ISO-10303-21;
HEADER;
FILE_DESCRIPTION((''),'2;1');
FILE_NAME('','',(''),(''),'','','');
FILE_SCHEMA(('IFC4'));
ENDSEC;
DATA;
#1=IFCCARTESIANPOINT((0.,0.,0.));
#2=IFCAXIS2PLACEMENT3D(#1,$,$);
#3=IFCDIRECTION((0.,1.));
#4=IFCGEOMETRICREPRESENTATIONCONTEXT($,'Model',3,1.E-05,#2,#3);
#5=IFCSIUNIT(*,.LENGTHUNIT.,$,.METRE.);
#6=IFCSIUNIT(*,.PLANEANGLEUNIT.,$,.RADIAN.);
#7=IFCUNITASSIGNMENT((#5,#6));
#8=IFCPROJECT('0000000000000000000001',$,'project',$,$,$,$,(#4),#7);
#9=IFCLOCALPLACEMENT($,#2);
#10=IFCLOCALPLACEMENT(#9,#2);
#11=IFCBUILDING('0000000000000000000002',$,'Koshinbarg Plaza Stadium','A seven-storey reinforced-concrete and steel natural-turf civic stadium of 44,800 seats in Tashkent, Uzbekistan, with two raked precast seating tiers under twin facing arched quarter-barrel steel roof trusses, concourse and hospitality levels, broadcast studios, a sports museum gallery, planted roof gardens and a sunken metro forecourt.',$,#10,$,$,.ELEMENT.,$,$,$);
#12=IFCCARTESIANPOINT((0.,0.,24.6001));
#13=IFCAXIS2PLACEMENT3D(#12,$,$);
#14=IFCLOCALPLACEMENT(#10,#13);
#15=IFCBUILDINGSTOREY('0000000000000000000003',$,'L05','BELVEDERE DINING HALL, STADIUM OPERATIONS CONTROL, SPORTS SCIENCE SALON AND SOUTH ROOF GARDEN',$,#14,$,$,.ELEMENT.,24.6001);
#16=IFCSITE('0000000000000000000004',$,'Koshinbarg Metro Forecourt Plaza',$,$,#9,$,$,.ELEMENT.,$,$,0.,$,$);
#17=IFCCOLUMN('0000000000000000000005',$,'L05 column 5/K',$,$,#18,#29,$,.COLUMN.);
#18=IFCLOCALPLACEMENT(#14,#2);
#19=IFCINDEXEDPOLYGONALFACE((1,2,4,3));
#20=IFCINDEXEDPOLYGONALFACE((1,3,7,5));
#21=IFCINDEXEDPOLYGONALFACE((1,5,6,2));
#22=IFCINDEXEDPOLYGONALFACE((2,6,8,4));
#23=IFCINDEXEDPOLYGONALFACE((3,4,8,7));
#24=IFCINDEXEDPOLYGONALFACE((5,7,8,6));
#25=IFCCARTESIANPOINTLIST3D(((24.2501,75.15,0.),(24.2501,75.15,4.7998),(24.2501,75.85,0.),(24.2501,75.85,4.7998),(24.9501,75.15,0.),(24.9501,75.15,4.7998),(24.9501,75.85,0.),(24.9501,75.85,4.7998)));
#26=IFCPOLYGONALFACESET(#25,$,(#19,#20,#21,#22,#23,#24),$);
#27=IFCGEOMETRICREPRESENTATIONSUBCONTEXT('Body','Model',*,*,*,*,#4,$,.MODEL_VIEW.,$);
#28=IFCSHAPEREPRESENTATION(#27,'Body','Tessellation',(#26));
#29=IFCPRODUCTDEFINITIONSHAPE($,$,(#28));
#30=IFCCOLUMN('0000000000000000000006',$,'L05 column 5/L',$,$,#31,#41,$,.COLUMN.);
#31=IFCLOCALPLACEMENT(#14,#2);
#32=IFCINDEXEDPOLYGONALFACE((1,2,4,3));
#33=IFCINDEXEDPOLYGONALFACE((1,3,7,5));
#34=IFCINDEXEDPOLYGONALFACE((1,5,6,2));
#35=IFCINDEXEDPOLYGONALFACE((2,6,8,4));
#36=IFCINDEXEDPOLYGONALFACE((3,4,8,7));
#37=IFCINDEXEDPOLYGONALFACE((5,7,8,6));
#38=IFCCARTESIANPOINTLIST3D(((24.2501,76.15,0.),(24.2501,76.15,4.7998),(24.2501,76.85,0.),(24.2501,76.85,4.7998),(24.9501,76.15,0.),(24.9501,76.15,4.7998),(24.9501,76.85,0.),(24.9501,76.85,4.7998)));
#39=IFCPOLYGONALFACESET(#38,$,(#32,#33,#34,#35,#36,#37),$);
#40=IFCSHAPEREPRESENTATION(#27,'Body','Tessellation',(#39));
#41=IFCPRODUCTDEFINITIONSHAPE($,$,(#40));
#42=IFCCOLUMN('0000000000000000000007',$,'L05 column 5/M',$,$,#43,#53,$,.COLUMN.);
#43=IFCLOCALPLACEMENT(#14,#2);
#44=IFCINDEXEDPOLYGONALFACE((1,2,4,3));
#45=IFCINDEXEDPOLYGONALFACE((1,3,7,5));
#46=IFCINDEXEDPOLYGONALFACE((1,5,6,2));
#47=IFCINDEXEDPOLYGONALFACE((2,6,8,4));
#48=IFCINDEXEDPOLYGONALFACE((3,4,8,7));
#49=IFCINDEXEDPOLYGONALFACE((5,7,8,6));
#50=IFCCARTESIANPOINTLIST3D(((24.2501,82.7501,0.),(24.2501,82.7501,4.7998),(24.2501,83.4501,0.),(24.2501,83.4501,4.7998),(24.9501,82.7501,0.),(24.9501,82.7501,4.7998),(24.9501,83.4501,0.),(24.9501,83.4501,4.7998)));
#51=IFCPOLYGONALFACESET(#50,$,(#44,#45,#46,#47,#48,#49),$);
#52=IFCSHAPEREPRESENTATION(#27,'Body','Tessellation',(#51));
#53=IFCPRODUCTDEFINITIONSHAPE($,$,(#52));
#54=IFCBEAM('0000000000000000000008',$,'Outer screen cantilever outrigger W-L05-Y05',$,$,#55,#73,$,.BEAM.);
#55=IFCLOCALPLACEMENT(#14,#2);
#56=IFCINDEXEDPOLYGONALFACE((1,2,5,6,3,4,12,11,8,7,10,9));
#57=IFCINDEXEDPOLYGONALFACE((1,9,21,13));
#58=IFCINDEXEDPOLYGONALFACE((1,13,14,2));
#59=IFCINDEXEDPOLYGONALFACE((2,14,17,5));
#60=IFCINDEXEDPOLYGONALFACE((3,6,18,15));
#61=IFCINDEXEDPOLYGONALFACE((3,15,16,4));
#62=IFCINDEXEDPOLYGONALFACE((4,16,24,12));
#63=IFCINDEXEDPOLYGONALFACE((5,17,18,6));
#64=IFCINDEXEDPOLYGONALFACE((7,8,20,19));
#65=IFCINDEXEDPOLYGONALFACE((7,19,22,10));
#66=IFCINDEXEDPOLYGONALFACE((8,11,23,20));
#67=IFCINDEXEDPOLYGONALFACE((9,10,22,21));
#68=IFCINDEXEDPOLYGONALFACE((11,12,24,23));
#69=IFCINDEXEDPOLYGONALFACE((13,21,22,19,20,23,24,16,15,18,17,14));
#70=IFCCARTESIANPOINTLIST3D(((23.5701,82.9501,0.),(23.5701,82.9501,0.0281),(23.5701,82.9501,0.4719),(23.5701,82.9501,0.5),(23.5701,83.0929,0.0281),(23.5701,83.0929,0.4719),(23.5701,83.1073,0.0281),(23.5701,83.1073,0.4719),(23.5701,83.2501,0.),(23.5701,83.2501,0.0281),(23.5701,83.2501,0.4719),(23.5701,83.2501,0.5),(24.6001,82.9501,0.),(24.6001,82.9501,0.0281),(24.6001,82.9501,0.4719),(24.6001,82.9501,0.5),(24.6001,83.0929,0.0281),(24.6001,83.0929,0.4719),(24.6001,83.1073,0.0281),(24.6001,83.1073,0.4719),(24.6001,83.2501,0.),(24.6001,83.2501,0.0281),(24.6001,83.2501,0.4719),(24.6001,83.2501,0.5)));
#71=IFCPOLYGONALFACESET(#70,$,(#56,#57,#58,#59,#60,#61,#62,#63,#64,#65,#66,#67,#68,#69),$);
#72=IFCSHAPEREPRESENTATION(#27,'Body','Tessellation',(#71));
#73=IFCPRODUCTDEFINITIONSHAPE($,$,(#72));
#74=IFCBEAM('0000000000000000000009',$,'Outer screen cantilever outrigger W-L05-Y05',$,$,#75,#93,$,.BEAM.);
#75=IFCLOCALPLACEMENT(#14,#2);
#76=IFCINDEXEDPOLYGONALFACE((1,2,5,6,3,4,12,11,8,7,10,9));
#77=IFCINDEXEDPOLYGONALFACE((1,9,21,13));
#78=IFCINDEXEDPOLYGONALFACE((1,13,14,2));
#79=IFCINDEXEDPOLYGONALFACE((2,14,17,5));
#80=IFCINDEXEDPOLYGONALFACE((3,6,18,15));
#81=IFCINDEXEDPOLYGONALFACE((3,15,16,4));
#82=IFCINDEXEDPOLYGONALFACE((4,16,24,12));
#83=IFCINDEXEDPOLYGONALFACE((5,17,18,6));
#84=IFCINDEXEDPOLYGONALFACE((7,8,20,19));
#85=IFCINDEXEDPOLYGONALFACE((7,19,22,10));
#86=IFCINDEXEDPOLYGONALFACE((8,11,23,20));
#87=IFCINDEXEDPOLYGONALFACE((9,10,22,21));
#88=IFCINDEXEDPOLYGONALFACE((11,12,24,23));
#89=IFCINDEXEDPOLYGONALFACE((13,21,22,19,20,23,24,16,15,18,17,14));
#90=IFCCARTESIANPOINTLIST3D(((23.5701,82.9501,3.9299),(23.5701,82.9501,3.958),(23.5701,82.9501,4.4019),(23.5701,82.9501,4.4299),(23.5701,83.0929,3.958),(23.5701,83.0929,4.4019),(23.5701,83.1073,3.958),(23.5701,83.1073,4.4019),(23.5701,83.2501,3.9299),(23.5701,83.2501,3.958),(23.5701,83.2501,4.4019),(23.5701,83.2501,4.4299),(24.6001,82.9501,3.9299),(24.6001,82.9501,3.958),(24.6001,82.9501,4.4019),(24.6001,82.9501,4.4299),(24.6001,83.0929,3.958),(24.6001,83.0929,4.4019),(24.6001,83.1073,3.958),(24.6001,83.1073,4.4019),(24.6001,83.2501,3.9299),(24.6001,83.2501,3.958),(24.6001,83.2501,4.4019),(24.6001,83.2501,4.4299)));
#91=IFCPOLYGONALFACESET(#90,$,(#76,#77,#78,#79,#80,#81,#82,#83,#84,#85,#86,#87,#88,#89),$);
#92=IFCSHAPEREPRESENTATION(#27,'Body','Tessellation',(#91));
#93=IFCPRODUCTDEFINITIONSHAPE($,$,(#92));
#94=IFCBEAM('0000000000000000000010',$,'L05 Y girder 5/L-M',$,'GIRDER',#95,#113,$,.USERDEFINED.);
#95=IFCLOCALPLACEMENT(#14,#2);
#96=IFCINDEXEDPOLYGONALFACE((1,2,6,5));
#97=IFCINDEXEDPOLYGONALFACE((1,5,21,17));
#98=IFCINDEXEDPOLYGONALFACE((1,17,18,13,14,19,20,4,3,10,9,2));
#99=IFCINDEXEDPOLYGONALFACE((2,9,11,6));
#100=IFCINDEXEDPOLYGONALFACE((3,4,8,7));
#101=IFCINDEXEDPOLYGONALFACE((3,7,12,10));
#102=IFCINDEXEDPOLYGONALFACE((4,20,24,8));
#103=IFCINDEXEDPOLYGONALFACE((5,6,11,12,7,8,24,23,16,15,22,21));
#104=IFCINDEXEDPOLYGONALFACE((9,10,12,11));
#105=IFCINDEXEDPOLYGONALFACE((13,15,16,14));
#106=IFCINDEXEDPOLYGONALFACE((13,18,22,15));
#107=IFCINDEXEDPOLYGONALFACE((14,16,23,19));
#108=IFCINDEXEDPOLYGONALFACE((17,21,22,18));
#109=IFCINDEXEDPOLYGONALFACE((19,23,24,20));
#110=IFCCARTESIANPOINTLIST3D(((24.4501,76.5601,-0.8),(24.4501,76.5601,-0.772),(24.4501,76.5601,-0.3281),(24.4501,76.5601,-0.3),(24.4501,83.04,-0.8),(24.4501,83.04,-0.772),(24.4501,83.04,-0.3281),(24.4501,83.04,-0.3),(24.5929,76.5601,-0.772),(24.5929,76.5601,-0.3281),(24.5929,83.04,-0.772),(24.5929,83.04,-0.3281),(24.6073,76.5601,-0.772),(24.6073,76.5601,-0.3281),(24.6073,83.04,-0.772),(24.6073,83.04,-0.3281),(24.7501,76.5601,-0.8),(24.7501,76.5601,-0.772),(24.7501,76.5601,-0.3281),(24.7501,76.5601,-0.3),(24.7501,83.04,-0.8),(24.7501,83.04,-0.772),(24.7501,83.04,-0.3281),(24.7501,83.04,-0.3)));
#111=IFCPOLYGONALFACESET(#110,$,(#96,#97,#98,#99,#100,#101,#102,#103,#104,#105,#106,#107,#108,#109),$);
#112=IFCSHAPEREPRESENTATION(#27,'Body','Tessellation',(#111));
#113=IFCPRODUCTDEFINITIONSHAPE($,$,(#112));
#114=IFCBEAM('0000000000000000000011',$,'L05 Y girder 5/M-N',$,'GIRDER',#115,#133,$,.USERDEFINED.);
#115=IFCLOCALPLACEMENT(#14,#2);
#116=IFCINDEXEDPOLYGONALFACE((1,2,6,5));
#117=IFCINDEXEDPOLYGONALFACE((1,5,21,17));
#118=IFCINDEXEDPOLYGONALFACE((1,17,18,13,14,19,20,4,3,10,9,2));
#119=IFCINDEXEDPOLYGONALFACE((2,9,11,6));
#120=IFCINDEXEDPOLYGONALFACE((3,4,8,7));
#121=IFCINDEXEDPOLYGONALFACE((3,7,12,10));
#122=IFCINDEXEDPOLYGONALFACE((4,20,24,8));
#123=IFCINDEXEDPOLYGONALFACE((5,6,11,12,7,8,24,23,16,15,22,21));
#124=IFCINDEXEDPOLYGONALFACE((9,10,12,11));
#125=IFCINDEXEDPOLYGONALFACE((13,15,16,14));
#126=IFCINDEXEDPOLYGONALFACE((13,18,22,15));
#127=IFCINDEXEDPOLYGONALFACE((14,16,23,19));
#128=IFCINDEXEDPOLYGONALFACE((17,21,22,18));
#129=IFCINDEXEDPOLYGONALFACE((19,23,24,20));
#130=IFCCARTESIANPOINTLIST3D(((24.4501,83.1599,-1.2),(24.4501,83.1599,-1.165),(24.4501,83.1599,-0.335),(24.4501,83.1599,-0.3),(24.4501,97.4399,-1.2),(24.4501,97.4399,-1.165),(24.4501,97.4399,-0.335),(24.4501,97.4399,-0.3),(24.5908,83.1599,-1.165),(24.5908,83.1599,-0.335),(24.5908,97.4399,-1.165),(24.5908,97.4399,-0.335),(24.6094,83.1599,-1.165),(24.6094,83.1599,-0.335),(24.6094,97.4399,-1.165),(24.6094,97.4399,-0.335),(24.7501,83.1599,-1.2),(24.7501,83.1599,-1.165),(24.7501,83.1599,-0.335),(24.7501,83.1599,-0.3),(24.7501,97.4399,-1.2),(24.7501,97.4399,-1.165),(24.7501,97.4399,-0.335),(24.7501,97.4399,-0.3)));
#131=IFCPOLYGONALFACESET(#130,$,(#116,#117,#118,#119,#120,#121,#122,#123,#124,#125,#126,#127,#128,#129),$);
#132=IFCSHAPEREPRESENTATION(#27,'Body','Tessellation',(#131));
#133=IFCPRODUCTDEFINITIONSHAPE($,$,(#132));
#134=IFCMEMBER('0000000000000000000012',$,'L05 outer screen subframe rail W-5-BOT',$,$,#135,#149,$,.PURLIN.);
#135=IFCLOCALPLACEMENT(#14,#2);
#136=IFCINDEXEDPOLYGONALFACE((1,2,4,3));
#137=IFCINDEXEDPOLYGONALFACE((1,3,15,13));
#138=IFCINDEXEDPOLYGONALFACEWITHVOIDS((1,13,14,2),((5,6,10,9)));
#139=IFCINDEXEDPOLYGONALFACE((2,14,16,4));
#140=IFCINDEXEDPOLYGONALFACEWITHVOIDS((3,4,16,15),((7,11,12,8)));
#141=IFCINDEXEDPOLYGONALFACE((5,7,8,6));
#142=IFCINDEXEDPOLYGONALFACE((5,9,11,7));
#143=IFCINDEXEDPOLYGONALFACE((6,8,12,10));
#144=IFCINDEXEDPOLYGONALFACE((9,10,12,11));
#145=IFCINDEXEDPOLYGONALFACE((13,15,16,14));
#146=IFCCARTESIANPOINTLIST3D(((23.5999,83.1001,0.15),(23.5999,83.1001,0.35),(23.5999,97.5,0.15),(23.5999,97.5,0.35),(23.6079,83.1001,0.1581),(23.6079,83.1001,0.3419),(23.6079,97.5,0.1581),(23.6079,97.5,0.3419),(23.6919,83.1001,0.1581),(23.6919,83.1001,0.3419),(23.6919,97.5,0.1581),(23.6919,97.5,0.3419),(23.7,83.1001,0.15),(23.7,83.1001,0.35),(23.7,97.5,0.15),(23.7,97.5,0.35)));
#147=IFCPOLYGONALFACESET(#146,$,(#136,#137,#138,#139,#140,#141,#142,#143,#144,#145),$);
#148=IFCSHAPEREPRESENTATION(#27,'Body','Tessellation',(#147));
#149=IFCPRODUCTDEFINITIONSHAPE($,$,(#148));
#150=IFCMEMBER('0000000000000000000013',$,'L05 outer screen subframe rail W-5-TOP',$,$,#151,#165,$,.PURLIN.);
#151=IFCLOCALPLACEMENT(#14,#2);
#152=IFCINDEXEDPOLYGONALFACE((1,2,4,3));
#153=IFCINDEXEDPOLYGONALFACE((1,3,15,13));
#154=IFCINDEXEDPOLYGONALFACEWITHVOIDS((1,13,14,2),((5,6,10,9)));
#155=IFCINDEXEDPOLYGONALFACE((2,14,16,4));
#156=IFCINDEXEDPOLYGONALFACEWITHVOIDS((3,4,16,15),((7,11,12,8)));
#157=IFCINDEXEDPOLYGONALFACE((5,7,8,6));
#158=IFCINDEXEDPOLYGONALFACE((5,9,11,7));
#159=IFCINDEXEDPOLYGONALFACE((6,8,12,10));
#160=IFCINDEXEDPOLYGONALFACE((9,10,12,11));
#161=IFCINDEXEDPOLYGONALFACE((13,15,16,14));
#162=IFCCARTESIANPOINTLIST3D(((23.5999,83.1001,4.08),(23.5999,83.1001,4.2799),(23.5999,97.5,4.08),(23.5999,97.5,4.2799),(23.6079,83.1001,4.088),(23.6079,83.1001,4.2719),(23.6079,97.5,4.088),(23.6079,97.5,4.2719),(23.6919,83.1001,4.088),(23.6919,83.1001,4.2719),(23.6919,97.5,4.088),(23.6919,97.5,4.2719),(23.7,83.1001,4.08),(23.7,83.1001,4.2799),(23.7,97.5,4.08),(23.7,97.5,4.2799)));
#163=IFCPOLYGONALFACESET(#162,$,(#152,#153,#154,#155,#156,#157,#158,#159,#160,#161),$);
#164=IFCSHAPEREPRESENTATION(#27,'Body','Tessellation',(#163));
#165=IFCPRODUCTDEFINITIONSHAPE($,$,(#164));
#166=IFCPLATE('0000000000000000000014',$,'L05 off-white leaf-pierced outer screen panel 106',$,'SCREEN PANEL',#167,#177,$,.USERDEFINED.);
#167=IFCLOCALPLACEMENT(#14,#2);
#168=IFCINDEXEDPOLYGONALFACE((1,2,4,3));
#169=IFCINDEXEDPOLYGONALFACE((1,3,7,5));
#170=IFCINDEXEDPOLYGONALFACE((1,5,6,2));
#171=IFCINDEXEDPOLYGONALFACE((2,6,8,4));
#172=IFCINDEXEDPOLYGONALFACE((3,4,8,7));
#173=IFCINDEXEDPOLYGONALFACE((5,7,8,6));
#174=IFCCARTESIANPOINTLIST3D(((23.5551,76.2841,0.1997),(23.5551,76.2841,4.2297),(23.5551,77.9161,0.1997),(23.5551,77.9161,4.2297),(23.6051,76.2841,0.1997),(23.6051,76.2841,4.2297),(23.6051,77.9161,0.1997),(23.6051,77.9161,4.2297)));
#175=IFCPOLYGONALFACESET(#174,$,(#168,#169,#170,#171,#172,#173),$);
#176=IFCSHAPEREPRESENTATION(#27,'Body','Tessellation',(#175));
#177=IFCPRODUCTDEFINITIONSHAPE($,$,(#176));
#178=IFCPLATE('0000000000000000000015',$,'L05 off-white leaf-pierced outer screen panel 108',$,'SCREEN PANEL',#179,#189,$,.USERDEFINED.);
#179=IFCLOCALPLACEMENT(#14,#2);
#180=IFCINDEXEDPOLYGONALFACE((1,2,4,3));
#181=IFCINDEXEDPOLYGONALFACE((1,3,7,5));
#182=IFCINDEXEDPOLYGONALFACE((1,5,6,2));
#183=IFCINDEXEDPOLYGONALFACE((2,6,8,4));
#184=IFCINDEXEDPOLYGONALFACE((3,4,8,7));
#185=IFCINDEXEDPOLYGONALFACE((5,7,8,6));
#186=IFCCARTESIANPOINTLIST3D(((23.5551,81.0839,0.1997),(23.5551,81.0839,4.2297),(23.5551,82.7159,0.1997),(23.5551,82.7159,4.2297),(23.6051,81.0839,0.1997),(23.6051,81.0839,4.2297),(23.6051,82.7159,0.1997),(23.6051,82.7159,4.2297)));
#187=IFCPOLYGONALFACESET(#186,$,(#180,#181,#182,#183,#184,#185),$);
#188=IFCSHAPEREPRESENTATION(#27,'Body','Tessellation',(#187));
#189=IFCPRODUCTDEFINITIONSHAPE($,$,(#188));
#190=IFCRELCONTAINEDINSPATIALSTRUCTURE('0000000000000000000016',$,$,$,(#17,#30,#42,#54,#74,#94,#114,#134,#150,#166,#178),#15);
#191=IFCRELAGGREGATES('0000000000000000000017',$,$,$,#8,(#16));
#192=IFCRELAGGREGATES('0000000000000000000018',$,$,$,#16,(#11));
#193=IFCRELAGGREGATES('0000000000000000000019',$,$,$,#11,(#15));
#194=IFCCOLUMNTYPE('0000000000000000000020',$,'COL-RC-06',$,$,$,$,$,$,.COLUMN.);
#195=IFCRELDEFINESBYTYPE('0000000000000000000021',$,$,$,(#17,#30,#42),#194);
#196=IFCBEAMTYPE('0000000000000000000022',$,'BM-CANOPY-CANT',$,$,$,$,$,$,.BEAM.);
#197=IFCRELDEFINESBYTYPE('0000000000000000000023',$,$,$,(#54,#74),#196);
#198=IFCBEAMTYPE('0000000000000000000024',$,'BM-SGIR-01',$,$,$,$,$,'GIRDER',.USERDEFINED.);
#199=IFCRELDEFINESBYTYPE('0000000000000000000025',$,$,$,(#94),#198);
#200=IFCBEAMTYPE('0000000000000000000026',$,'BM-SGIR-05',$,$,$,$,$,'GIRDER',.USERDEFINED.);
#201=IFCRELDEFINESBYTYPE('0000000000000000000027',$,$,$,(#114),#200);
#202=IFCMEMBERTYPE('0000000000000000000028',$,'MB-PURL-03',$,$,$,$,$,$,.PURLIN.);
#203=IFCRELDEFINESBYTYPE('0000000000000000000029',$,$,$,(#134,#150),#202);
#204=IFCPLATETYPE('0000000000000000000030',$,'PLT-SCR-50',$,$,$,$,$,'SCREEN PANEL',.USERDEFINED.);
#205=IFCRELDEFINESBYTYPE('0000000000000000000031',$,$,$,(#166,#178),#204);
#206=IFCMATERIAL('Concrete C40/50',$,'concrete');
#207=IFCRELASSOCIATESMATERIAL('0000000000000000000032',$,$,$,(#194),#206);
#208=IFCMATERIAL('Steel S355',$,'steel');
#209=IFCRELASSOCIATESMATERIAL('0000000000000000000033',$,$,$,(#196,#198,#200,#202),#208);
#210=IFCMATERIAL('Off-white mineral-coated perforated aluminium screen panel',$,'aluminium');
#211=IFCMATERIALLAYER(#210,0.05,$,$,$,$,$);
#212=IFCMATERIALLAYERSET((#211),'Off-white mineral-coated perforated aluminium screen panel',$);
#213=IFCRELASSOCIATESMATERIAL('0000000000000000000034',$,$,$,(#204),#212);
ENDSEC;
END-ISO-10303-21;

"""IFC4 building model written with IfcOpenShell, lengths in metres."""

from ifc_helpers import new_model, si_unit, direction, frame, origin, origin_2d, place, context, subcontext, project, spatial, rectangle, hollow_rectangle, i_section, extrude, material, layer, layer_set, material_profile, profile_set, type_object, element, save


model = new_model("IFC4")

# Units and contexts
model_context = context("Model", 3, precision=1e-05, world=origin(), true_north=direction((0.0, 1.0)))
body_context = subcontext(model_context, "Body", "Model", "MODEL_VIEW")
ifc_project = project(units=[si_unit("LENGTHUNIT", "METRE"), si_unit("PLANEANGLEUNIT", "RADIAN")], contexts=[model_context])

# Site, building, storey
site_placement = place(None, origin())
site = spatial("IfcSite", under=ifc_project, at=site_placement, Name="Koshinbarg Metro Forecourt Plaza", CompositionType="ELEMENT", RefElevation=0.0)
building_placement = place(site_placement, origin())
building = spatial("IfcBuilding", under=site, at=building_placement, Name="Koshinbarg Plaza Stadium", Description="A seven-storey reinforced-concrete and steel natural-turf civic stadium of 44,800 seats in Tashkent, Uzbekistan, with two raked precast seating tiers under twin facing arched quarter-barrel steel roof trusses, concourse and hospitality levels, broadcast studios, a sports museum gallery, planted roof gardens and a sunken metro forecourt.", CompositionType="ELEMENT")
storey_placement = place(building_placement, frame((0.0, 0.0, 24.6001)))
storey = spatial("IfcBuildingStorey", under=building, at=storey_placement, Name="L05", Description="BELVEDERE DINING HALL, STADIUM OPERATIONS CONTROL, SPORTS SCIENCE SALON AND SOUTH ROOF GARDEN", CompositionType="ELEMENT", Elevation=24.6001)

# Columns
ifc_material_1 = material(Name="Concrete C40/50", Category="concrete")
ifc_material_profile_1 = material_profile(ifc_material_1, rectangle(XDim=0.7, YDim=0.7, at=origin_2d()), Name="RC 700x700")
ifc_profile_set_1 = profile_set([ifc_material_profile_1], Name="Concrete C40/50")
column_type = type_object("IfcColumnType", Name="COL-RC-06", PredefinedType="COLUMN", material=ifc_profile_set_1)
for number, where, z_axis, x_axis, name in (
    (1, (24.6001, 75.5, 0.0), (0.0, 0.0, 1.0), (1.0, 0.0, 0.0), "L05 column 5/K"),
    (2, (24.6001, 76.5, 0.0), (0.0, 0.0, 1.0), (1.0, 0.0, 0.0), "L05 column 5/L"),
    (3, (24.6001, 83.1001, 0.0), (0.0, 0.0, 1.0), (1.0, 0.0, 0.0), "L05 column 5/M"),
):
    element("IfcColumn", number, at=place(storey_placement, frame(where, z_axis=z_axis, x_axis=x_axis)), inside=storey, type_object=column_type, Name=name, PredefinedType="COLUMN", context=body_context, shape_type="SweptSolid", body=[
        extrude(rectangle(XDim=0.7, YDim=0.7, at=origin_2d()), origin(), (0.0, 0.0, 1.0), 4.7998),
    ])

# Beams
ifc_material_2 = material(Name="Steel S355", Category="steel")
ifc_material_profile_2 = material_profile(ifc_material_2, i_section(OverallWidth=0.3, OverallDepth=0.5, WebThickness=0.0144, FlangeThickness=0.0281, at=origin_2d()), Name="HEB 500")
ifc_profile_set_2 = profile_set([ifc_material_profile_2], Name="Steel S355")
beam_type_1 = type_object("IfcBeamType", Name="BM-CANOPY-CANT", PredefinedType="BEAM", material=ifc_profile_set_2)
for number, where, z_axis, x_axis, name in (
    (4, (24.6001, 83.1001, 0.25), (-1.0, 0.0, 0.0), (0.0, -1.0, 0.0), "Outer screen cantilever outrigger W-L05-Y05"),
    (5, (24.6001, 83.1001, 4.1799), (-1.0, 0.0, 0.0), (0.0, -1.0, 0.0), "Outer screen cantilever outrigger W-L05-Y05"),
):
    element("IfcBeam", number, at=place(storey_placement, frame(where, z_axis=z_axis, x_axis=x_axis)), inside=storey, type_object=beam_type_1, Name=name, PredefinedType="BEAM", context=body_context, shape_type="SweptSolid", body=[
        extrude(i_section(OverallWidth=0.3, OverallDepth=0.5, WebThickness=0.0144, FlangeThickness=0.0281, at=origin_2d()), origin(), (0.0, 0.0, 1.0), 1.03),
    ])
ifc_material_profile_3 = material_profile(ifc_material_2, i_section(OverallWidth=0.3, OverallDepth=0.5, WebThickness=0.0144, FlangeThickness=0.0281, at=origin_2d()), Name="HEB 500")
ifc_profile_set_3 = profile_set([ifc_material_profile_3], Name="Steel S355")
beam_type_2 = type_object("IfcBeamType", Name="BM-SGIR-01", ElementType="GIRDER", PredefinedType="USERDEFINED", material=ifc_profile_set_3)
beam_1_placement = place(storey_placement, frame((24.6001, 76.5601, -0.55), z_axis=(0.0, 1.0, 0.0), x_axis=(-1.0, 0.0, 0.0)))
element("IfcBeam", 6, at=beam_1_placement, inside=storey, type_object=beam_type_2, Name="L05 Y girder 5/L-M", ObjectType="GIRDER", PredefinedType="USERDEFINED", context=body_context, shape_type="SweptSolid", body=[
    extrude(i_section(OverallWidth=0.3, OverallDepth=0.5, WebThickness=0.0144, FlangeThickness=0.0281, at=origin_2d()), origin(), (0.0, 0.0, 1.0), 6.48),
])
ifc_material_profile_4 = material_profile(ifc_material_2, i_section(OverallWidth=0.3, OverallDepth=0.8999, WebThickness=0.0186, FlangeThickness=0.0349, at=origin_2d()), Name="HEB 900")
ifc_profile_set_4 = profile_set([ifc_material_profile_4], Name="Steel S355")
beam_type_3 = type_object("IfcBeamType", Name="BM-SGIR-05", ElementType="GIRDER", PredefinedType="USERDEFINED", material=ifc_profile_set_4)
beam_2_placement = place(storey_placement, frame((24.6001, 83.1599, -0.75), z_axis=(0.0, 1.0, 0.0), x_axis=(-1.0, 0.0, 0.0)))
element("IfcBeam", 7, at=beam_2_placement, inside=storey, type_object=beam_type_3, Name="L05 Y girder 5/M-N", ObjectType="GIRDER", PredefinedType="USERDEFINED", context=body_context, shape_type="SweptSolid", body=[
    extrude(i_section(OverallWidth=0.3, OverallDepth=0.8999, WebThickness=0.0186, FlangeThickness=0.0349, at=origin_2d()), origin(), (0.0, 0.0, 1.0), 14.28),
])

# Members
ifc_material_profile_5 = material_profile(ifc_material_2, hollow_rectangle(XDim=0.1001, YDim=0.2, WallThickness=0.0081, at=origin_2d()), Name="RHS 200x100x8")
ifc_profile_set_5 = profile_set([ifc_material_profile_5], Name="Steel S355")
member_type = type_object("IfcMemberType", Name="MB-PURL-03", PredefinedType="PURLIN", material=ifc_profile_set_5)
for number, where, z_axis, x_axis, name in (
    (8, (23.6499, 83.1001, 0.25), (0.0, 1.0, 0.0), (-1.0, 0.0, 0.0), "L05 outer screen subframe rail W-5-BOT"),
    (9, (23.6499, 83.1001, 4.1799), (0.0, 1.0, 0.0), (-1.0, 0.0, 0.0), "L05 outer screen subframe rail W-5-TOP"),
):
    element("IfcMember", number, at=place(storey_placement, frame(where, z_axis=z_axis, x_axis=x_axis)), inside=storey, type_object=member_type, Name=name, PredefinedType="PURLIN", context=body_context, shape_type="SweptSolid", body=[
        extrude(hollow_rectangle(XDim=0.1001, YDim=0.2, WallThickness=0.0081, at=origin_2d()), origin(), (0.0, 0.0, 1.0), 14.3999),
    ])

# Plates
ifc_material_3 = material(Name="Off-white mineral-coated perforated aluminium screen panel", Category="aluminium")
ifc_layer_1 = layer(ifc_material_3, 0.05)
ifc_layer_set_1 = layer_set([ifc_layer_1], Name="Off-white mineral-coated perforated aluminium screen panel")
plate_type_1 = type_object("IfcPlateType", Name="PLT-SCR-50", ElementType="SCREEN PANEL", PredefinedType="USERDEFINED", material=ifc_layer_set_1)
for number, where, z_axis, x_axis, name in (
    (10, (23.5801, 77.1001, 0.1997), (0.0, 0.0, 1.0), (1.0, 0.0, 0.0), "L05 off-white leaf-pierced outer screen panel 106"),
    (11, (23.5801, 81.8999, 0.1997), (0.0, 0.0, 1.0), (1.0, 0.0, 0.0), "L05 off-white leaf-pierced outer screen panel 108"),
):
    element("IfcPlate", number, at=place(storey_placement, frame(where, z_axis=z_axis, x_axis=x_axis)), inside=storey, type_object=plate_type_1, Name=name, ObjectType="SCREEN PANEL", PredefinedType="USERDEFINED", context=body_context, shape_type="SweptSolid", body=[
        extrude(rectangle(XDim=0.05, YDim=1.6321, at=origin_2d()), origin(), (0.0, 0.0, 1.0), 4.03),
    ])

save(model, "model.ifc")
